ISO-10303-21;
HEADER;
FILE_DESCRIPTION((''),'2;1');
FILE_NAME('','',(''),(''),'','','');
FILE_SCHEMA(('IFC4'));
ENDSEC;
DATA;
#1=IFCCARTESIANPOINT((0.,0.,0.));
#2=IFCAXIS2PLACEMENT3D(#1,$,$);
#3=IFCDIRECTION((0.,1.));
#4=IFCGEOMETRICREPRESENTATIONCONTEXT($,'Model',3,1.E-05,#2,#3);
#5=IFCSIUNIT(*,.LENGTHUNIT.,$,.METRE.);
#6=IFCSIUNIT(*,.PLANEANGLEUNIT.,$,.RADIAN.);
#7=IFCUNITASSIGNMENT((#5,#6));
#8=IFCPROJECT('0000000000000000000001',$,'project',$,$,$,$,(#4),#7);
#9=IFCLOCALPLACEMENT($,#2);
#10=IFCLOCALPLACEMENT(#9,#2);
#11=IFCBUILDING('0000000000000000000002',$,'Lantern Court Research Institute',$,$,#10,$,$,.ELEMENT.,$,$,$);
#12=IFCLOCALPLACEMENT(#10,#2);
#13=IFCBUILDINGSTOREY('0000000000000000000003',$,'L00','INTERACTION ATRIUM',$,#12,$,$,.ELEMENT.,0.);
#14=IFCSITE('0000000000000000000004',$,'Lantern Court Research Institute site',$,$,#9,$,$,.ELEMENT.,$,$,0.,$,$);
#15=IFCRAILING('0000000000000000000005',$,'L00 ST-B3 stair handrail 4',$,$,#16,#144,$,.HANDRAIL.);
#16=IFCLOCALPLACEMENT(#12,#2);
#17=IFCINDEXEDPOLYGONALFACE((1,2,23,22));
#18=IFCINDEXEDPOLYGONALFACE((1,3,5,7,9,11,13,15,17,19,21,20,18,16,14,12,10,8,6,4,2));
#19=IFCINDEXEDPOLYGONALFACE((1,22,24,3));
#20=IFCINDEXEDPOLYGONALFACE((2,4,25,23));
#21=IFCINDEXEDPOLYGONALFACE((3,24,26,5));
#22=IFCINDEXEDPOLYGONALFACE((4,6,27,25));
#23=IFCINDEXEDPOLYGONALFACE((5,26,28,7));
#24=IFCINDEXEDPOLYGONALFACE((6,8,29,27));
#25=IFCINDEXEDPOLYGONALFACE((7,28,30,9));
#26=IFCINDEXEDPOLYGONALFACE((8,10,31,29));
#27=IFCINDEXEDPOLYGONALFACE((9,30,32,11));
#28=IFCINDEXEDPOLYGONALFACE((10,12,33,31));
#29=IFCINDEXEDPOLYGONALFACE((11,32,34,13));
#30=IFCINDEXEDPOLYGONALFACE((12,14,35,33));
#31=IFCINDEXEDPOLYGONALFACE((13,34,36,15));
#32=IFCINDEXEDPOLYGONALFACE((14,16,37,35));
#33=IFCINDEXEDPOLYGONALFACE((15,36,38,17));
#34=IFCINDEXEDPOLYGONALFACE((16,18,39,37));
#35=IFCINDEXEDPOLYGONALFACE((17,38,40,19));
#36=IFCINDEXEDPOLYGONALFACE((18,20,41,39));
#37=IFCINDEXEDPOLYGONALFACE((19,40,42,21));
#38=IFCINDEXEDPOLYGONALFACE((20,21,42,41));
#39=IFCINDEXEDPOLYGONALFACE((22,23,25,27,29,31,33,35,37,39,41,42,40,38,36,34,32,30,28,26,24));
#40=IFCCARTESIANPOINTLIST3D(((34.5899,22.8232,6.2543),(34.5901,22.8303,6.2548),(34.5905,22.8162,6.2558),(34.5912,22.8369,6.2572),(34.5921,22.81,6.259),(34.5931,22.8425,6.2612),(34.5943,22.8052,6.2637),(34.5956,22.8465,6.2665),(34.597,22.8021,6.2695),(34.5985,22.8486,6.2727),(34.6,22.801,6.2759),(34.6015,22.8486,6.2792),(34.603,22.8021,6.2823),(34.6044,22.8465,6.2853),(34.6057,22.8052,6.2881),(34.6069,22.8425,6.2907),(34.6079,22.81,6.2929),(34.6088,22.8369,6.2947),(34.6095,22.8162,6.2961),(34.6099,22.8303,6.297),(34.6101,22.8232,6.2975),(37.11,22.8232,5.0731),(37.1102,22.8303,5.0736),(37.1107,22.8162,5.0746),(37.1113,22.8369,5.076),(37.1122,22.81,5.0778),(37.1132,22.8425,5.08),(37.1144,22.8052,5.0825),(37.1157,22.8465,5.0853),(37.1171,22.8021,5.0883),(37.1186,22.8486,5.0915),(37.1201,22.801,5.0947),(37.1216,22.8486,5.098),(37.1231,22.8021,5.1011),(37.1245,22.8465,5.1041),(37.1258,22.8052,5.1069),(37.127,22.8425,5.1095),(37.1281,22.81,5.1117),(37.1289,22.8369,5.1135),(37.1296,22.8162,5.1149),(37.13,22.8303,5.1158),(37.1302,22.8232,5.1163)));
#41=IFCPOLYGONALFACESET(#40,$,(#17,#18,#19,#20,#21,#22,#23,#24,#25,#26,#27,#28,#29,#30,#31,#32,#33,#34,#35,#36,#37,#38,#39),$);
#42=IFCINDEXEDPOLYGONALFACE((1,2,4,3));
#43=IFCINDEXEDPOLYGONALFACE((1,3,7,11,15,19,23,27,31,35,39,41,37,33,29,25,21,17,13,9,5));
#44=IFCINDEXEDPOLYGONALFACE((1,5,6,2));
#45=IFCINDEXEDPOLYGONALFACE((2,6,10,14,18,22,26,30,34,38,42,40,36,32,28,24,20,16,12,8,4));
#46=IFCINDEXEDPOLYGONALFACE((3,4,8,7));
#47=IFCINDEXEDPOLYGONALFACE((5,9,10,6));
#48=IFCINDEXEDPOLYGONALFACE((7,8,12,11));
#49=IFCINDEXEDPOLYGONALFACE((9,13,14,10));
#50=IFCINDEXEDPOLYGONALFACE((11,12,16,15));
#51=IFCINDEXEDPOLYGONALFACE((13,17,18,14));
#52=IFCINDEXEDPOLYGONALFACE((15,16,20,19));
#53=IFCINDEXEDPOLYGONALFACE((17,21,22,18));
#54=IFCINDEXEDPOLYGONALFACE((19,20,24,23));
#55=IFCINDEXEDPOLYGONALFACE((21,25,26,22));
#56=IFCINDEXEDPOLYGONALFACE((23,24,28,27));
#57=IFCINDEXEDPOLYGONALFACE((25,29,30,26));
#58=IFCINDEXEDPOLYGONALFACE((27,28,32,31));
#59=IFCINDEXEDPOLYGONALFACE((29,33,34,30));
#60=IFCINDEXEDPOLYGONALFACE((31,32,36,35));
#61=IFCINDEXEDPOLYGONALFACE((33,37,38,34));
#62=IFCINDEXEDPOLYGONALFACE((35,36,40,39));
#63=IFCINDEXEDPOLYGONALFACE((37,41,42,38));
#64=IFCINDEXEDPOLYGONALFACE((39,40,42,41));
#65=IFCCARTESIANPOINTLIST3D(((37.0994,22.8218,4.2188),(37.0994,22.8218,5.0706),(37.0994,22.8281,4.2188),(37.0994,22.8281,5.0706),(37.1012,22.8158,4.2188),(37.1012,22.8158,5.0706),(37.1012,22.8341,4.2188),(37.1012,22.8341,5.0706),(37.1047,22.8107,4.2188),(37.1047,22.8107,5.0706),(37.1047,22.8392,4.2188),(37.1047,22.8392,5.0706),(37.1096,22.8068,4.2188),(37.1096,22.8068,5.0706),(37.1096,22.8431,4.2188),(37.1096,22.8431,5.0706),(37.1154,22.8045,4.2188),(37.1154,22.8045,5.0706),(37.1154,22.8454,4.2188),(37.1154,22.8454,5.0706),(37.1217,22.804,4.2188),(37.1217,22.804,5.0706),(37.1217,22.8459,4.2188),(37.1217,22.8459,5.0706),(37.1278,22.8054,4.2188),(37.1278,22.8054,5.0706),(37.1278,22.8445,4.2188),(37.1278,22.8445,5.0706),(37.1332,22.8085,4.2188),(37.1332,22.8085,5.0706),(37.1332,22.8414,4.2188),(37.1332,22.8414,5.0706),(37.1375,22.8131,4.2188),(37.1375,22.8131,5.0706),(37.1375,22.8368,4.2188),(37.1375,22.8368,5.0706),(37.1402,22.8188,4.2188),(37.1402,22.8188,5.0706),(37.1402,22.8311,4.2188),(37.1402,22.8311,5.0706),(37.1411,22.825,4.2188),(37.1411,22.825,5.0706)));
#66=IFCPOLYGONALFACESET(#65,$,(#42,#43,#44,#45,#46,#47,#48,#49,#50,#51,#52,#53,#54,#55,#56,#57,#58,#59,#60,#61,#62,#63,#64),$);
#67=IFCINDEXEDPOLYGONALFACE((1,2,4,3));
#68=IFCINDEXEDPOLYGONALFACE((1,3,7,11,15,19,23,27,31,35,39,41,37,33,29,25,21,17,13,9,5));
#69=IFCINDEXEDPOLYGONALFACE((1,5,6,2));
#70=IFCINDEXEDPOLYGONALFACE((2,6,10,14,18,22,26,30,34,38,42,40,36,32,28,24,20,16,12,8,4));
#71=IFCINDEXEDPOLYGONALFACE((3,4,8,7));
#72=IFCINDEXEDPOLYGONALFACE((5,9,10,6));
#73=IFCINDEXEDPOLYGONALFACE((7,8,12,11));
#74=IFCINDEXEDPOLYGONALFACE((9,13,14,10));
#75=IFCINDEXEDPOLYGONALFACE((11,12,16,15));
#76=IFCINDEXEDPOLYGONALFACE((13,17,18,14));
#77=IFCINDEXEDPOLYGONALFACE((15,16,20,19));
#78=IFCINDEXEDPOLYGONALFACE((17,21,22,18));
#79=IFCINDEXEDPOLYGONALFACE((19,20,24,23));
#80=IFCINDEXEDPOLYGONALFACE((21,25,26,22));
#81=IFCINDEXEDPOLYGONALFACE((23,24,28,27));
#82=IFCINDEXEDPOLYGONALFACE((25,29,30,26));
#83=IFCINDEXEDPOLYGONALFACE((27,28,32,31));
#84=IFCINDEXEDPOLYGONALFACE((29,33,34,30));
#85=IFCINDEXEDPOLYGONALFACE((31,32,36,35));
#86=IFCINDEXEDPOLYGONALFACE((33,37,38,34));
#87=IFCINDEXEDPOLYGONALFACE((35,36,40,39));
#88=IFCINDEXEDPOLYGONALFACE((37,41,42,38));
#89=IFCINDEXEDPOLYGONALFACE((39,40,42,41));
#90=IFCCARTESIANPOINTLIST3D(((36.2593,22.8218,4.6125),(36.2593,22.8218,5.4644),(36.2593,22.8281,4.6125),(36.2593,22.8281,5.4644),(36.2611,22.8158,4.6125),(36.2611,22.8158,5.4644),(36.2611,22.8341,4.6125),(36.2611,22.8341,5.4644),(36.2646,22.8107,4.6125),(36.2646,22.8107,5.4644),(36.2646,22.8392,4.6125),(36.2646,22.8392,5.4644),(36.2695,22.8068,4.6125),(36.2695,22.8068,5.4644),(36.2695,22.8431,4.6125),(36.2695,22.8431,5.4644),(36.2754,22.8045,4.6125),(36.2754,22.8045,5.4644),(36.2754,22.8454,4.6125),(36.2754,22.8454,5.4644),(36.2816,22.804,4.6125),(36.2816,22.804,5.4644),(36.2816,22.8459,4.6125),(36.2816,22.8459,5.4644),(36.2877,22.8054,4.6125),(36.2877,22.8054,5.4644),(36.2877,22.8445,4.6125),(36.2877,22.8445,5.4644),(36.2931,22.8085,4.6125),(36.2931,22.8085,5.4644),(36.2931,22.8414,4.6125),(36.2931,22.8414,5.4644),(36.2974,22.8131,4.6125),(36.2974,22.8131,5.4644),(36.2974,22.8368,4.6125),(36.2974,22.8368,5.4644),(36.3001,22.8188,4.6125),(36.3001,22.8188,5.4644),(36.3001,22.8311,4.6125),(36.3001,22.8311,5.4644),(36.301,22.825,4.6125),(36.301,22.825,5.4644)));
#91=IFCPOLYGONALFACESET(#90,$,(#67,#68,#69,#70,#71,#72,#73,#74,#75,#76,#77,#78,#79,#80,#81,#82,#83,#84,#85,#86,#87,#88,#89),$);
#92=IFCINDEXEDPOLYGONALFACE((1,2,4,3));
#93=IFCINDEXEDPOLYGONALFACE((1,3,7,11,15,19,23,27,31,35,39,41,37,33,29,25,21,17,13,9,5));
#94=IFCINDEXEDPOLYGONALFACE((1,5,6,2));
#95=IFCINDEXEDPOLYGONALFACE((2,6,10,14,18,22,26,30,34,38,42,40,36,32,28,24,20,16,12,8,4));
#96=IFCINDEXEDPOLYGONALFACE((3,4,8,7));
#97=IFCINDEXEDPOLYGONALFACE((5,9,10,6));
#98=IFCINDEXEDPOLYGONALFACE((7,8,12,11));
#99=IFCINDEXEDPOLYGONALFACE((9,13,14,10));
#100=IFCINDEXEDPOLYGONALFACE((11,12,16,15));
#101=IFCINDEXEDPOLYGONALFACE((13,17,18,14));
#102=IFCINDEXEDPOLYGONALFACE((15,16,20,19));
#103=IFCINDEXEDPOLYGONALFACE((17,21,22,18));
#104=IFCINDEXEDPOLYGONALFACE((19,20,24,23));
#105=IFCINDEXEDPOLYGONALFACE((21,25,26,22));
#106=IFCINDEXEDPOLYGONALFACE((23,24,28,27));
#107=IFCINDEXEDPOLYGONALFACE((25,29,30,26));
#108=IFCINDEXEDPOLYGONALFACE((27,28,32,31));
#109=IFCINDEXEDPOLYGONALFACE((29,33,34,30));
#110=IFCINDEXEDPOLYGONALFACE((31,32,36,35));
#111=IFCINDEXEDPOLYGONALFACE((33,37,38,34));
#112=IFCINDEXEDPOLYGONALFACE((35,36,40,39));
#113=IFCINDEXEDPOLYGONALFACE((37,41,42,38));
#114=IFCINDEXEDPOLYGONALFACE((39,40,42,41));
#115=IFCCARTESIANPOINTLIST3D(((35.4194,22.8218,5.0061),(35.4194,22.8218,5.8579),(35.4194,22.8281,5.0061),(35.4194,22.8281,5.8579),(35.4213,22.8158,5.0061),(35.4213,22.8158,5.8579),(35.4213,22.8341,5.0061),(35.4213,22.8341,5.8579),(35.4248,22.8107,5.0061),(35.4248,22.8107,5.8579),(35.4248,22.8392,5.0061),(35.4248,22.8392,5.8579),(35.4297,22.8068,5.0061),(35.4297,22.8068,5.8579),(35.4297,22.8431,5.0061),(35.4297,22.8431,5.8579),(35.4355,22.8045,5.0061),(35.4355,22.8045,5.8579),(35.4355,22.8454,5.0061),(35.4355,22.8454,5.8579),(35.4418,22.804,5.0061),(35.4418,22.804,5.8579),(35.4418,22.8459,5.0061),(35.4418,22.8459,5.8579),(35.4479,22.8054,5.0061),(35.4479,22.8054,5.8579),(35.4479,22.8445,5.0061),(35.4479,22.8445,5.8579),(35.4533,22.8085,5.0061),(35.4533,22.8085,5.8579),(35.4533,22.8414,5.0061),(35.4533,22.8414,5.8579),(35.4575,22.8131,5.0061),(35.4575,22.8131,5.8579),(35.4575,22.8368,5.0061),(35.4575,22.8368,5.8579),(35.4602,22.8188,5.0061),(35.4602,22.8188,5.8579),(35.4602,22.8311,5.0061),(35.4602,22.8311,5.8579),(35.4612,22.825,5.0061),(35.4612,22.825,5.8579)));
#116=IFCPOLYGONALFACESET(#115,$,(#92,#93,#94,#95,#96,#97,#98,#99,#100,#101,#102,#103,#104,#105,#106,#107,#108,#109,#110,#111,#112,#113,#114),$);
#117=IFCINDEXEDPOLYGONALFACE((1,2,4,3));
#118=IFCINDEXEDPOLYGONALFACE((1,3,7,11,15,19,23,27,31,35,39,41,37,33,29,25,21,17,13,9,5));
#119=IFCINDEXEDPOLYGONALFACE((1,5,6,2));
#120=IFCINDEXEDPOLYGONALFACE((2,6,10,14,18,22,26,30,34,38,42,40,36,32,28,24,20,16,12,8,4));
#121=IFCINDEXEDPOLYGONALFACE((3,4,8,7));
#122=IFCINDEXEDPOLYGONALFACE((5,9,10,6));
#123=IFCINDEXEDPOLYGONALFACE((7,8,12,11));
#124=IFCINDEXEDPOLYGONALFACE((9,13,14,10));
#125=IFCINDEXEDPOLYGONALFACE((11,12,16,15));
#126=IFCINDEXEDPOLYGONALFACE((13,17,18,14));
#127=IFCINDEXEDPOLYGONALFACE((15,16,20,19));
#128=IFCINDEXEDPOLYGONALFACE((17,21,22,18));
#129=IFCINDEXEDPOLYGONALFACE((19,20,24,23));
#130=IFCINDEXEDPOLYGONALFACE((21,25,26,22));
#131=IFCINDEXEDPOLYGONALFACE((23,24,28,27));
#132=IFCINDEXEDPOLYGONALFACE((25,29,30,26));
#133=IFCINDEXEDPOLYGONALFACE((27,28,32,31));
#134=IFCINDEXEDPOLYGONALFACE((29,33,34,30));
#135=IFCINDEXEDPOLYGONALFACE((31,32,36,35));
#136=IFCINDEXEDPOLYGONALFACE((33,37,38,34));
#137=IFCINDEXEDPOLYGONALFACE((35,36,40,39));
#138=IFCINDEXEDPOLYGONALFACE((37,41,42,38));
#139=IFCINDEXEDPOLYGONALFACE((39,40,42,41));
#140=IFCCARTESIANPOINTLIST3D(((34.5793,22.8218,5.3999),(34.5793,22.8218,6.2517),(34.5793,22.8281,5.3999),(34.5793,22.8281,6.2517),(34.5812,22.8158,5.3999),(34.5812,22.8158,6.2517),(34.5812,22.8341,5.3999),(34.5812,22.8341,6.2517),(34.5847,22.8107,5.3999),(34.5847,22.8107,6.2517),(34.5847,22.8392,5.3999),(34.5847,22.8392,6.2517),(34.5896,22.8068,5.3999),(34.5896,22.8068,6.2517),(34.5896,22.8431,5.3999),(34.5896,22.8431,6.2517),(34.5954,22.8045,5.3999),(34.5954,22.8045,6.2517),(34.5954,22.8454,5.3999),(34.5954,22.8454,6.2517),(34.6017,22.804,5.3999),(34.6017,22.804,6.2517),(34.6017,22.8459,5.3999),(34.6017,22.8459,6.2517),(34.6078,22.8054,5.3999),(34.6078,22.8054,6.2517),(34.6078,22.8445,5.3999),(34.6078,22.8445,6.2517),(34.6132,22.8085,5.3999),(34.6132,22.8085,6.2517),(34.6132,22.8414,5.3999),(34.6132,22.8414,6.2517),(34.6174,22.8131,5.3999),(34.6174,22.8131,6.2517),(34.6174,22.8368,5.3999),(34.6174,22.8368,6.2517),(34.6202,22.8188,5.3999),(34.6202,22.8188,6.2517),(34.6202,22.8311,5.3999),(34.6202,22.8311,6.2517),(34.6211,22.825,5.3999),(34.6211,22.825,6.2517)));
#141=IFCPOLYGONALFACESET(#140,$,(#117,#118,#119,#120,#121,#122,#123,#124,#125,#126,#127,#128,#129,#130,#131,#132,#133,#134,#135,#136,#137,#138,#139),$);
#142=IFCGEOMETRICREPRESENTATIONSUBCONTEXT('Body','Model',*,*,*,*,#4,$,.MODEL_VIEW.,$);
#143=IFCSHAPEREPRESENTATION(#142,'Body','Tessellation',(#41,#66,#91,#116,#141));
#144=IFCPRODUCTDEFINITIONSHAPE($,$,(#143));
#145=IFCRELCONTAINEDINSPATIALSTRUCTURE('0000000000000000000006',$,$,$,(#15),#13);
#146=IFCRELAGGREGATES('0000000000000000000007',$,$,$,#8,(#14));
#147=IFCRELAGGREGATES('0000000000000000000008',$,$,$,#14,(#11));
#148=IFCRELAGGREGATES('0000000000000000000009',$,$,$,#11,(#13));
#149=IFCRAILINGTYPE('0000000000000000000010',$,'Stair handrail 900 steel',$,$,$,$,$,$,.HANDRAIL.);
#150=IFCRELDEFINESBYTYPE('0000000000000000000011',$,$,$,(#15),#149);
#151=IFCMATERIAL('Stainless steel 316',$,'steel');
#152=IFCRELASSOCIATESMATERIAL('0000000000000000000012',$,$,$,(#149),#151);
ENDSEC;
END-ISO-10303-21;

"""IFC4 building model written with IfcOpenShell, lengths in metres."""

from ifc_helpers import new_model, si_unit, direction, frame, origin, origin_2d, place, context, subcontext, project, spatial, circle, extrude, material, type_object, element, save


model = new_model("IFC4")

# Units and contexts
model_context = context("Model", 3, precision=1e-05, world=origin(), true_north=direction((0.0, 1.0)))
body_context = subcontext(model_context, "Body", "Model", "MODEL_VIEW")
ifc_project = project(units=[si_unit("LENGTHUNIT", "METRE"), si_unit("PLANEANGLEUNIT", "RADIAN")], contexts=[model_context])

# Site, building, storey
site_placement = place(None, origin())
site = spatial("IfcSite", under=ifc_project, at=site_placement, Name="Lantern Court Research Institute site", CompositionType="ELEMENT", RefElevation=0.0)
building_placement = place(site_placement, origin())
building = spatial("IfcBuilding", under=site, at=building_placement, Name="Lantern Court Research Institute", CompositionType="ELEMENT")
storey_placement = place(building_placement, origin())
storey = spatial("IfcBuildingStorey", under=building, at=storey_placement, Name="L00", Description="INTERACTION ATRIUM", CompositionType="ELEMENT", Elevation=0.0)

# Railing
ifc_material_1 = material(Name="Stainless steel 316", Category="steel")
railing_type_1 = type_object("IfcRailingType", Name="Stair handrail 900 steel", PredefinedType="HANDRAIL", material=ifc_material_1)
railing_1_placement = place(storey_placement, frame((37.1201, 22.825, 4.2188)))
element("IfcRailing", 1, at=railing_1_placement, inside=storey, type_object=railing_type_1, Name="L00 ST-B3 stair handrail 4", PredefinedType="HANDRAIL", context=body_context, shape_type="SweptSolid", body=[
    extrude(circle(Radius=0.0239, at=origin_2d()), frame((0.0, 0.0, 0.876), z_axis=(-0.905474, 0.0, 0.424402), x_axis=(0.0, -1.0, 0.0)), (0.0, 0.0, 1.0), 2.7832),
    extrude(circle(Radius=0.021, at=origin_2d()), origin(), (0.0, 0.0, 1.0), 0.8518),
    extrude(circle(Radius=0.021, at=origin_2d()), frame((-0.8401, 0.0, 0.3938)), (0.0, 0.0, 1.0), 0.8518),
    extrude(circle(Radius=0.021, at=origin_2d()), frame((-1.6799, 0.0, 0.7874)), (0.0, 0.0, 1.0), 0.8518),
    extrude(circle(Radius=0.021, at=origin_2d()), frame((-2.52, 0.0, 1.1812)), (0.0, 0.0, 1.0), 0.8518),
])

save(model, "model.ifc")
